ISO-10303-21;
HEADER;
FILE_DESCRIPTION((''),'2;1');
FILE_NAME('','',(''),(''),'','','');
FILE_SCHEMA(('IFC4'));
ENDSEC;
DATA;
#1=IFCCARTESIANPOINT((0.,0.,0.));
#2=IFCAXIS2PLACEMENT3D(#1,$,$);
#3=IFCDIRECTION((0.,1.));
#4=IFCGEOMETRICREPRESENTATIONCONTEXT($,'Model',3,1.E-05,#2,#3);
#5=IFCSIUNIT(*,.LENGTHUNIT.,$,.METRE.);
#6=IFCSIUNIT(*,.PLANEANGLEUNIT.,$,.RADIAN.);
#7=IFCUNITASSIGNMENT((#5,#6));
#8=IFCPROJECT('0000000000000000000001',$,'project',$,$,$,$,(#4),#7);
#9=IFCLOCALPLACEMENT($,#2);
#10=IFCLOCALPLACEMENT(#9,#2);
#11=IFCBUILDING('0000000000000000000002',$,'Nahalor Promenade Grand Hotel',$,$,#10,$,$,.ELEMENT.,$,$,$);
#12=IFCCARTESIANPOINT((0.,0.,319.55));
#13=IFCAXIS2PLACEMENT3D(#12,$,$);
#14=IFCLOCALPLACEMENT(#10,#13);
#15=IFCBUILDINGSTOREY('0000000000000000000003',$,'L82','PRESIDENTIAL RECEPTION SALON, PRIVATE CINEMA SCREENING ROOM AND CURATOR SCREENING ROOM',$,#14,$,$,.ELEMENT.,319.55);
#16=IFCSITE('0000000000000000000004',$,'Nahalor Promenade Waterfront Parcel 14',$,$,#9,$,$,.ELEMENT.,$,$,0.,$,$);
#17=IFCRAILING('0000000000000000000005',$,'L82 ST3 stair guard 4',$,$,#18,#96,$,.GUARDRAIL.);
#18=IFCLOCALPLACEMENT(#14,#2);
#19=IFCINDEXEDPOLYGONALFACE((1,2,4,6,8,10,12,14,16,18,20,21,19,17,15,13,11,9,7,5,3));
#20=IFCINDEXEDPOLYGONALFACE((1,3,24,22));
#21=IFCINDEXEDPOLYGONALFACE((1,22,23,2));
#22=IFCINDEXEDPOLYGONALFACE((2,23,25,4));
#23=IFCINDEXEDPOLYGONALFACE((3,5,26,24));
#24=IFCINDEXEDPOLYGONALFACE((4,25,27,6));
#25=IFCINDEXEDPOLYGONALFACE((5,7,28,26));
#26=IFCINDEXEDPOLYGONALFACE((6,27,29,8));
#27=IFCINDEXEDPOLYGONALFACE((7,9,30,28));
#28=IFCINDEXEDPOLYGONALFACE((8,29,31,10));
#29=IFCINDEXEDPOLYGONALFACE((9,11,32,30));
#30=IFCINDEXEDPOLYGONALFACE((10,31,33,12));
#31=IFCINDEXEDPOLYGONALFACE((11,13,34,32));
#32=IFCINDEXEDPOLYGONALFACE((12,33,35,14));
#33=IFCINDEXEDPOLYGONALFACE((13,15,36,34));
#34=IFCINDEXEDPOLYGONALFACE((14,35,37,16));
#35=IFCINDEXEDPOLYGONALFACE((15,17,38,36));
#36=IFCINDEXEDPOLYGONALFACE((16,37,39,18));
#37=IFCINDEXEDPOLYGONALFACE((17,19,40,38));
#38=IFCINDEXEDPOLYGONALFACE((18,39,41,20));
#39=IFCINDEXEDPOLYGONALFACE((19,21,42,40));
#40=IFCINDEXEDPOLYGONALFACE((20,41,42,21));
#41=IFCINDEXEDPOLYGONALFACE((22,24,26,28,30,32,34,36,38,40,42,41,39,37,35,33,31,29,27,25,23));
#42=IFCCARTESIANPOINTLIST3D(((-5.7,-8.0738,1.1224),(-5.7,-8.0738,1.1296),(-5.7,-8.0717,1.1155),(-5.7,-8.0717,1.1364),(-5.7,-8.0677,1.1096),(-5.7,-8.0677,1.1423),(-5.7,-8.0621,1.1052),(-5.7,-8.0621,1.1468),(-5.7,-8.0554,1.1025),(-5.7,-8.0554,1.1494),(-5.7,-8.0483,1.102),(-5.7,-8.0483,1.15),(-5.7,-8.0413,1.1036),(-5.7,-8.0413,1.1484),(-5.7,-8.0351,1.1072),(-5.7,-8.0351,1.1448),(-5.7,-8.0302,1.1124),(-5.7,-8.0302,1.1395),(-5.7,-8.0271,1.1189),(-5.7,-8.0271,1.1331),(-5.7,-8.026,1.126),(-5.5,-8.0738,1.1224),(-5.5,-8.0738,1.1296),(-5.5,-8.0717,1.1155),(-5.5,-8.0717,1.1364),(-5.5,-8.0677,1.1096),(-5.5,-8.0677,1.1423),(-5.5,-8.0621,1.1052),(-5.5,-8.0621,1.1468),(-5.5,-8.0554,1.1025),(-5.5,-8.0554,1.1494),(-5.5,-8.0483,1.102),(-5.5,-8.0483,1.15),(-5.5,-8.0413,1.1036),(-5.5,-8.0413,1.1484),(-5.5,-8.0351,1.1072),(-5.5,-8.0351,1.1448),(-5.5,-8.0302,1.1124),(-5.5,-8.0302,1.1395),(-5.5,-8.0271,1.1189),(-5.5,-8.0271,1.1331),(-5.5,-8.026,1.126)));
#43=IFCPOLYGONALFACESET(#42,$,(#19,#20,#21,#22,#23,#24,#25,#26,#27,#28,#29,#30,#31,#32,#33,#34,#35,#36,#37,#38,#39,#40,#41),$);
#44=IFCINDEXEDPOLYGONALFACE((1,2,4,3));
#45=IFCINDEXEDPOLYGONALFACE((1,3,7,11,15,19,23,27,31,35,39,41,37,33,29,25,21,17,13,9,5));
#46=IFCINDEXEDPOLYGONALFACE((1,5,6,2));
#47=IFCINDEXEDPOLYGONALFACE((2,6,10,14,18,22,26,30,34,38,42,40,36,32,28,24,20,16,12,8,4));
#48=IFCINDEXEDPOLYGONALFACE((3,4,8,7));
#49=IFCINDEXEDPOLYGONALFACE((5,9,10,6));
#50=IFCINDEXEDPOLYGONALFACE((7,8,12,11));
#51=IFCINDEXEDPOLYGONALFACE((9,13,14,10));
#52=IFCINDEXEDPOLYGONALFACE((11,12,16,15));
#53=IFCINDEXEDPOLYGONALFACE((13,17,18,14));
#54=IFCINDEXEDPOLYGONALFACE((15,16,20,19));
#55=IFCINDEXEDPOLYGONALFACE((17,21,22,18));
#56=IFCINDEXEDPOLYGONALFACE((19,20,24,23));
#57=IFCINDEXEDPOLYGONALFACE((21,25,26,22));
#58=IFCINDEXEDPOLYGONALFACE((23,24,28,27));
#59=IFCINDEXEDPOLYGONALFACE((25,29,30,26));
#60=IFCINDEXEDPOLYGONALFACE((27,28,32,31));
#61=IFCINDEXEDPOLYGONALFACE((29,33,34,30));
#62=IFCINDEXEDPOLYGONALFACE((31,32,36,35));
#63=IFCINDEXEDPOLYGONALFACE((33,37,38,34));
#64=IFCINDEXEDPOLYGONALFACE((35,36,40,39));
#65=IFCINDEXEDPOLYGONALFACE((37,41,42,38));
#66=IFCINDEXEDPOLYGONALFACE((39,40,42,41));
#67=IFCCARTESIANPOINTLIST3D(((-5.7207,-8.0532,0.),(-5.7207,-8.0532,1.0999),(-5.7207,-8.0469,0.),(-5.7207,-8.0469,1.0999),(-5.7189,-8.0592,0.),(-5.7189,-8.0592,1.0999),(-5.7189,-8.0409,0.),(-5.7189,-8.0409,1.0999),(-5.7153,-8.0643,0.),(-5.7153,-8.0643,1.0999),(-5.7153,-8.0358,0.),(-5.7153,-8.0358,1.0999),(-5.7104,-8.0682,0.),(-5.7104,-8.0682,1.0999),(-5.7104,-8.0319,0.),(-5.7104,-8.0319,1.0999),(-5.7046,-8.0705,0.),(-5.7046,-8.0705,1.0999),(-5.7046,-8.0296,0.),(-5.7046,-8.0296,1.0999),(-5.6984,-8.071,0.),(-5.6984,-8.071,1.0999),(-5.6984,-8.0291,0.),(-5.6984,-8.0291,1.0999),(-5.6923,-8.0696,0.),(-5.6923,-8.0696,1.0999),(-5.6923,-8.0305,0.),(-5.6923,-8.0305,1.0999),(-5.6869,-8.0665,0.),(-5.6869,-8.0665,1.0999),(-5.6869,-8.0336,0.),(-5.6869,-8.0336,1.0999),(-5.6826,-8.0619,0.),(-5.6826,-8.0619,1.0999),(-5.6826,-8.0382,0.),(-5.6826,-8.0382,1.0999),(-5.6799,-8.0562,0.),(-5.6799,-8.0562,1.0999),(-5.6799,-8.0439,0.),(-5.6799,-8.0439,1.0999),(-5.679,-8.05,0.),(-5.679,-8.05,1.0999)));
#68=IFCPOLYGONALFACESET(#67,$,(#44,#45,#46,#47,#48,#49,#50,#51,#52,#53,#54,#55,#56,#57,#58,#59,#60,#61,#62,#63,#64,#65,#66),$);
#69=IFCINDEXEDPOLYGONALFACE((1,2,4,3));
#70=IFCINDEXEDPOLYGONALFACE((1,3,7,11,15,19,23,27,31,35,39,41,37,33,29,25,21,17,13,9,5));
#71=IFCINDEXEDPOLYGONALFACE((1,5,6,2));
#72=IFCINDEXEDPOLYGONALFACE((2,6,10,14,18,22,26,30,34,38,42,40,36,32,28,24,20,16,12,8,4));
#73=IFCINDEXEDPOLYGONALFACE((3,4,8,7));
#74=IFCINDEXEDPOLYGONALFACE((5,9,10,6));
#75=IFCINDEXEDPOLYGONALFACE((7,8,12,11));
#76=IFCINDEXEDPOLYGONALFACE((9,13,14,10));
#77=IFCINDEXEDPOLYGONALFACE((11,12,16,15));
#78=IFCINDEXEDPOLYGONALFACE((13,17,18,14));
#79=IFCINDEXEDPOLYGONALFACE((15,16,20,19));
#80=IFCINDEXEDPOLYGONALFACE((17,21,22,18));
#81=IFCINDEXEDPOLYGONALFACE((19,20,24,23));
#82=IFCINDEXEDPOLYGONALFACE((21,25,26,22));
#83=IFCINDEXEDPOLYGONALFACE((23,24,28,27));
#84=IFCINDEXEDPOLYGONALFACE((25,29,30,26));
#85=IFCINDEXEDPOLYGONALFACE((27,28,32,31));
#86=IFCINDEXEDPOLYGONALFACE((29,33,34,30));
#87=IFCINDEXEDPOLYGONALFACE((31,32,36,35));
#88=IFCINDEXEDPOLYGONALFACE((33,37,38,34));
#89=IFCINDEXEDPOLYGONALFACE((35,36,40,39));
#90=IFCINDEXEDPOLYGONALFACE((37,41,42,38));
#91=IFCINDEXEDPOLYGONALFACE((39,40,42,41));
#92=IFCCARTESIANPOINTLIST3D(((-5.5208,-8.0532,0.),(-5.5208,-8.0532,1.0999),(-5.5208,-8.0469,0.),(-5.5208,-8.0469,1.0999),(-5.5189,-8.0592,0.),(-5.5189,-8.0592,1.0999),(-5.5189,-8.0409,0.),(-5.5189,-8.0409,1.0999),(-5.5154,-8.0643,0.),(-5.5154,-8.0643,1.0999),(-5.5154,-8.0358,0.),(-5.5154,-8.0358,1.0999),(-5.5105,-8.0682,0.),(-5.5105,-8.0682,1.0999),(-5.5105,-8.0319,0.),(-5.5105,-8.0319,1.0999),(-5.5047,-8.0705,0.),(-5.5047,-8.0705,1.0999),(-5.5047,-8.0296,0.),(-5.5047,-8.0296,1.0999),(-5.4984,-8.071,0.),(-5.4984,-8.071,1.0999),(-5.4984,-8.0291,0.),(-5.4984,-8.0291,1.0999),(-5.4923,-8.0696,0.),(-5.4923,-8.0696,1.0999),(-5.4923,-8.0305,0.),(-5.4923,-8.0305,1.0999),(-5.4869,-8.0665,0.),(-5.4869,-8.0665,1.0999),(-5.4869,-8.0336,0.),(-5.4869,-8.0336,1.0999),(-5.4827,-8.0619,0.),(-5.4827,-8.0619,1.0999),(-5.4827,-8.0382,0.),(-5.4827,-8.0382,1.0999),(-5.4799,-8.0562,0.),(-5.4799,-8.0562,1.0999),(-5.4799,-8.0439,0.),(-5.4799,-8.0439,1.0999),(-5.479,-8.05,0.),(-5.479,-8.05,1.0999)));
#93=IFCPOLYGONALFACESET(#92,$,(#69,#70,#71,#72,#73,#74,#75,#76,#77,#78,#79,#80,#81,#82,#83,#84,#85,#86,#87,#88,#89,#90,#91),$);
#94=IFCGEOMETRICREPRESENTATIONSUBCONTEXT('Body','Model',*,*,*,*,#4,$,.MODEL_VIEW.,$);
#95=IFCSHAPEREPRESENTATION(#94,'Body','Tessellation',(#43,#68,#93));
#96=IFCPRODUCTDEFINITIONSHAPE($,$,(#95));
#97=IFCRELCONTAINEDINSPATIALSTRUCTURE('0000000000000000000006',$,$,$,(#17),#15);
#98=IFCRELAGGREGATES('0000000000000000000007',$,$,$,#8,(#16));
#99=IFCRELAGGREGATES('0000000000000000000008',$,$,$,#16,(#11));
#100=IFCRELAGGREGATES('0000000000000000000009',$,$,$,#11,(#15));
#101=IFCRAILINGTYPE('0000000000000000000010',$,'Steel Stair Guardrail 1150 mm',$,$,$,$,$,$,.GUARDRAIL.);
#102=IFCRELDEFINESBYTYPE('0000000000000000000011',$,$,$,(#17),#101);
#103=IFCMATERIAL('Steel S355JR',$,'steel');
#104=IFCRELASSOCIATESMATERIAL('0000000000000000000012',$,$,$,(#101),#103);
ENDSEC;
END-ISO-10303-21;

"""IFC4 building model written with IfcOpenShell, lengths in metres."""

from ifc_helpers import new_model, si_unit, direction, frame, origin, origin_2d, place, context, subcontext, project, spatial, circle, extrude, material, type_object, element, save


model = new_model("IFC4")

# Units and contexts
model_context = context("Model", 3, precision=1e-05, world=origin(), true_north=direction((0.0, 1.0)))
body_context = subcontext(model_context, "Body", "Model", "MODEL_VIEW")
ifc_project = project(units=[si_unit("LENGTHUNIT", "METRE"), si_unit("PLANEANGLEUNIT", "RADIAN")], contexts=[model_context])

# Site, building, storey
site_placement = place(None, origin())
site = spatial("IfcSite", under=ifc_project, at=site_placement, Name="Nahalor Promenade Waterfront Parcel 14", CompositionType="ELEMENT", RefElevation=0.0)
building_placement = place(site_placement, origin())
building = spatial("IfcBuilding", under=site, at=building_placement, Name="Nahalor Promenade Grand Hotel", CompositionType="ELEMENT")
storey_placement = place(building_placement, frame((0.0, 0.0, 319.55)))
storey = spatial("IfcBuildingStorey", under=building, at=storey_placement, Name="L82", Description="PRESIDENTIAL RECEPTION SALON, PRIVATE CINEMA SCREENING ROOM AND CURATOR SCREENING ROOM", CompositionType="ELEMENT", Elevation=319.55)

# Shared definitions
ifc_material_1 = material(Name="Steel S355JR", Category="steel")

# Railing
railing_type_1 = type_object("IfcRailingType", Name="Steel Stair Guardrail 1150 mm", PredefinedType="GUARDRAIL", material=ifc_material_1)
railing_1_placement = place(storey_placement, frame((-5.7, -8.05, 0.0)))
element("IfcRailing", 1, at=railing_1_placement, inside=storey, type_object=railing_type_1, Name="L82 ST3 stair guard 4", PredefinedType="GUARDRAIL", context=body_context, shape_type="SweptSolid", body=[
    extrude(circle(Radius=0.024, at=origin_2d()), frame((0.0, 0.0, 1.126), z_axis=(1.0, 0.0, 0.0), x_axis=(0.0, 1.0, 0.0)), (0.0, 0.0, 1.0), 0.2),
    extrude(circle(Radius=0.021, at=origin_2d()), origin(), (0.0, 0.0, 1.0), 1.0999),
    extrude(circle(Radius=0.021, at=origin_2d()), frame((0.2, 0.0, 0.0)), (0.0, 0.0, 1.0), 1.0999),
])

save(model, "model.ifc")
